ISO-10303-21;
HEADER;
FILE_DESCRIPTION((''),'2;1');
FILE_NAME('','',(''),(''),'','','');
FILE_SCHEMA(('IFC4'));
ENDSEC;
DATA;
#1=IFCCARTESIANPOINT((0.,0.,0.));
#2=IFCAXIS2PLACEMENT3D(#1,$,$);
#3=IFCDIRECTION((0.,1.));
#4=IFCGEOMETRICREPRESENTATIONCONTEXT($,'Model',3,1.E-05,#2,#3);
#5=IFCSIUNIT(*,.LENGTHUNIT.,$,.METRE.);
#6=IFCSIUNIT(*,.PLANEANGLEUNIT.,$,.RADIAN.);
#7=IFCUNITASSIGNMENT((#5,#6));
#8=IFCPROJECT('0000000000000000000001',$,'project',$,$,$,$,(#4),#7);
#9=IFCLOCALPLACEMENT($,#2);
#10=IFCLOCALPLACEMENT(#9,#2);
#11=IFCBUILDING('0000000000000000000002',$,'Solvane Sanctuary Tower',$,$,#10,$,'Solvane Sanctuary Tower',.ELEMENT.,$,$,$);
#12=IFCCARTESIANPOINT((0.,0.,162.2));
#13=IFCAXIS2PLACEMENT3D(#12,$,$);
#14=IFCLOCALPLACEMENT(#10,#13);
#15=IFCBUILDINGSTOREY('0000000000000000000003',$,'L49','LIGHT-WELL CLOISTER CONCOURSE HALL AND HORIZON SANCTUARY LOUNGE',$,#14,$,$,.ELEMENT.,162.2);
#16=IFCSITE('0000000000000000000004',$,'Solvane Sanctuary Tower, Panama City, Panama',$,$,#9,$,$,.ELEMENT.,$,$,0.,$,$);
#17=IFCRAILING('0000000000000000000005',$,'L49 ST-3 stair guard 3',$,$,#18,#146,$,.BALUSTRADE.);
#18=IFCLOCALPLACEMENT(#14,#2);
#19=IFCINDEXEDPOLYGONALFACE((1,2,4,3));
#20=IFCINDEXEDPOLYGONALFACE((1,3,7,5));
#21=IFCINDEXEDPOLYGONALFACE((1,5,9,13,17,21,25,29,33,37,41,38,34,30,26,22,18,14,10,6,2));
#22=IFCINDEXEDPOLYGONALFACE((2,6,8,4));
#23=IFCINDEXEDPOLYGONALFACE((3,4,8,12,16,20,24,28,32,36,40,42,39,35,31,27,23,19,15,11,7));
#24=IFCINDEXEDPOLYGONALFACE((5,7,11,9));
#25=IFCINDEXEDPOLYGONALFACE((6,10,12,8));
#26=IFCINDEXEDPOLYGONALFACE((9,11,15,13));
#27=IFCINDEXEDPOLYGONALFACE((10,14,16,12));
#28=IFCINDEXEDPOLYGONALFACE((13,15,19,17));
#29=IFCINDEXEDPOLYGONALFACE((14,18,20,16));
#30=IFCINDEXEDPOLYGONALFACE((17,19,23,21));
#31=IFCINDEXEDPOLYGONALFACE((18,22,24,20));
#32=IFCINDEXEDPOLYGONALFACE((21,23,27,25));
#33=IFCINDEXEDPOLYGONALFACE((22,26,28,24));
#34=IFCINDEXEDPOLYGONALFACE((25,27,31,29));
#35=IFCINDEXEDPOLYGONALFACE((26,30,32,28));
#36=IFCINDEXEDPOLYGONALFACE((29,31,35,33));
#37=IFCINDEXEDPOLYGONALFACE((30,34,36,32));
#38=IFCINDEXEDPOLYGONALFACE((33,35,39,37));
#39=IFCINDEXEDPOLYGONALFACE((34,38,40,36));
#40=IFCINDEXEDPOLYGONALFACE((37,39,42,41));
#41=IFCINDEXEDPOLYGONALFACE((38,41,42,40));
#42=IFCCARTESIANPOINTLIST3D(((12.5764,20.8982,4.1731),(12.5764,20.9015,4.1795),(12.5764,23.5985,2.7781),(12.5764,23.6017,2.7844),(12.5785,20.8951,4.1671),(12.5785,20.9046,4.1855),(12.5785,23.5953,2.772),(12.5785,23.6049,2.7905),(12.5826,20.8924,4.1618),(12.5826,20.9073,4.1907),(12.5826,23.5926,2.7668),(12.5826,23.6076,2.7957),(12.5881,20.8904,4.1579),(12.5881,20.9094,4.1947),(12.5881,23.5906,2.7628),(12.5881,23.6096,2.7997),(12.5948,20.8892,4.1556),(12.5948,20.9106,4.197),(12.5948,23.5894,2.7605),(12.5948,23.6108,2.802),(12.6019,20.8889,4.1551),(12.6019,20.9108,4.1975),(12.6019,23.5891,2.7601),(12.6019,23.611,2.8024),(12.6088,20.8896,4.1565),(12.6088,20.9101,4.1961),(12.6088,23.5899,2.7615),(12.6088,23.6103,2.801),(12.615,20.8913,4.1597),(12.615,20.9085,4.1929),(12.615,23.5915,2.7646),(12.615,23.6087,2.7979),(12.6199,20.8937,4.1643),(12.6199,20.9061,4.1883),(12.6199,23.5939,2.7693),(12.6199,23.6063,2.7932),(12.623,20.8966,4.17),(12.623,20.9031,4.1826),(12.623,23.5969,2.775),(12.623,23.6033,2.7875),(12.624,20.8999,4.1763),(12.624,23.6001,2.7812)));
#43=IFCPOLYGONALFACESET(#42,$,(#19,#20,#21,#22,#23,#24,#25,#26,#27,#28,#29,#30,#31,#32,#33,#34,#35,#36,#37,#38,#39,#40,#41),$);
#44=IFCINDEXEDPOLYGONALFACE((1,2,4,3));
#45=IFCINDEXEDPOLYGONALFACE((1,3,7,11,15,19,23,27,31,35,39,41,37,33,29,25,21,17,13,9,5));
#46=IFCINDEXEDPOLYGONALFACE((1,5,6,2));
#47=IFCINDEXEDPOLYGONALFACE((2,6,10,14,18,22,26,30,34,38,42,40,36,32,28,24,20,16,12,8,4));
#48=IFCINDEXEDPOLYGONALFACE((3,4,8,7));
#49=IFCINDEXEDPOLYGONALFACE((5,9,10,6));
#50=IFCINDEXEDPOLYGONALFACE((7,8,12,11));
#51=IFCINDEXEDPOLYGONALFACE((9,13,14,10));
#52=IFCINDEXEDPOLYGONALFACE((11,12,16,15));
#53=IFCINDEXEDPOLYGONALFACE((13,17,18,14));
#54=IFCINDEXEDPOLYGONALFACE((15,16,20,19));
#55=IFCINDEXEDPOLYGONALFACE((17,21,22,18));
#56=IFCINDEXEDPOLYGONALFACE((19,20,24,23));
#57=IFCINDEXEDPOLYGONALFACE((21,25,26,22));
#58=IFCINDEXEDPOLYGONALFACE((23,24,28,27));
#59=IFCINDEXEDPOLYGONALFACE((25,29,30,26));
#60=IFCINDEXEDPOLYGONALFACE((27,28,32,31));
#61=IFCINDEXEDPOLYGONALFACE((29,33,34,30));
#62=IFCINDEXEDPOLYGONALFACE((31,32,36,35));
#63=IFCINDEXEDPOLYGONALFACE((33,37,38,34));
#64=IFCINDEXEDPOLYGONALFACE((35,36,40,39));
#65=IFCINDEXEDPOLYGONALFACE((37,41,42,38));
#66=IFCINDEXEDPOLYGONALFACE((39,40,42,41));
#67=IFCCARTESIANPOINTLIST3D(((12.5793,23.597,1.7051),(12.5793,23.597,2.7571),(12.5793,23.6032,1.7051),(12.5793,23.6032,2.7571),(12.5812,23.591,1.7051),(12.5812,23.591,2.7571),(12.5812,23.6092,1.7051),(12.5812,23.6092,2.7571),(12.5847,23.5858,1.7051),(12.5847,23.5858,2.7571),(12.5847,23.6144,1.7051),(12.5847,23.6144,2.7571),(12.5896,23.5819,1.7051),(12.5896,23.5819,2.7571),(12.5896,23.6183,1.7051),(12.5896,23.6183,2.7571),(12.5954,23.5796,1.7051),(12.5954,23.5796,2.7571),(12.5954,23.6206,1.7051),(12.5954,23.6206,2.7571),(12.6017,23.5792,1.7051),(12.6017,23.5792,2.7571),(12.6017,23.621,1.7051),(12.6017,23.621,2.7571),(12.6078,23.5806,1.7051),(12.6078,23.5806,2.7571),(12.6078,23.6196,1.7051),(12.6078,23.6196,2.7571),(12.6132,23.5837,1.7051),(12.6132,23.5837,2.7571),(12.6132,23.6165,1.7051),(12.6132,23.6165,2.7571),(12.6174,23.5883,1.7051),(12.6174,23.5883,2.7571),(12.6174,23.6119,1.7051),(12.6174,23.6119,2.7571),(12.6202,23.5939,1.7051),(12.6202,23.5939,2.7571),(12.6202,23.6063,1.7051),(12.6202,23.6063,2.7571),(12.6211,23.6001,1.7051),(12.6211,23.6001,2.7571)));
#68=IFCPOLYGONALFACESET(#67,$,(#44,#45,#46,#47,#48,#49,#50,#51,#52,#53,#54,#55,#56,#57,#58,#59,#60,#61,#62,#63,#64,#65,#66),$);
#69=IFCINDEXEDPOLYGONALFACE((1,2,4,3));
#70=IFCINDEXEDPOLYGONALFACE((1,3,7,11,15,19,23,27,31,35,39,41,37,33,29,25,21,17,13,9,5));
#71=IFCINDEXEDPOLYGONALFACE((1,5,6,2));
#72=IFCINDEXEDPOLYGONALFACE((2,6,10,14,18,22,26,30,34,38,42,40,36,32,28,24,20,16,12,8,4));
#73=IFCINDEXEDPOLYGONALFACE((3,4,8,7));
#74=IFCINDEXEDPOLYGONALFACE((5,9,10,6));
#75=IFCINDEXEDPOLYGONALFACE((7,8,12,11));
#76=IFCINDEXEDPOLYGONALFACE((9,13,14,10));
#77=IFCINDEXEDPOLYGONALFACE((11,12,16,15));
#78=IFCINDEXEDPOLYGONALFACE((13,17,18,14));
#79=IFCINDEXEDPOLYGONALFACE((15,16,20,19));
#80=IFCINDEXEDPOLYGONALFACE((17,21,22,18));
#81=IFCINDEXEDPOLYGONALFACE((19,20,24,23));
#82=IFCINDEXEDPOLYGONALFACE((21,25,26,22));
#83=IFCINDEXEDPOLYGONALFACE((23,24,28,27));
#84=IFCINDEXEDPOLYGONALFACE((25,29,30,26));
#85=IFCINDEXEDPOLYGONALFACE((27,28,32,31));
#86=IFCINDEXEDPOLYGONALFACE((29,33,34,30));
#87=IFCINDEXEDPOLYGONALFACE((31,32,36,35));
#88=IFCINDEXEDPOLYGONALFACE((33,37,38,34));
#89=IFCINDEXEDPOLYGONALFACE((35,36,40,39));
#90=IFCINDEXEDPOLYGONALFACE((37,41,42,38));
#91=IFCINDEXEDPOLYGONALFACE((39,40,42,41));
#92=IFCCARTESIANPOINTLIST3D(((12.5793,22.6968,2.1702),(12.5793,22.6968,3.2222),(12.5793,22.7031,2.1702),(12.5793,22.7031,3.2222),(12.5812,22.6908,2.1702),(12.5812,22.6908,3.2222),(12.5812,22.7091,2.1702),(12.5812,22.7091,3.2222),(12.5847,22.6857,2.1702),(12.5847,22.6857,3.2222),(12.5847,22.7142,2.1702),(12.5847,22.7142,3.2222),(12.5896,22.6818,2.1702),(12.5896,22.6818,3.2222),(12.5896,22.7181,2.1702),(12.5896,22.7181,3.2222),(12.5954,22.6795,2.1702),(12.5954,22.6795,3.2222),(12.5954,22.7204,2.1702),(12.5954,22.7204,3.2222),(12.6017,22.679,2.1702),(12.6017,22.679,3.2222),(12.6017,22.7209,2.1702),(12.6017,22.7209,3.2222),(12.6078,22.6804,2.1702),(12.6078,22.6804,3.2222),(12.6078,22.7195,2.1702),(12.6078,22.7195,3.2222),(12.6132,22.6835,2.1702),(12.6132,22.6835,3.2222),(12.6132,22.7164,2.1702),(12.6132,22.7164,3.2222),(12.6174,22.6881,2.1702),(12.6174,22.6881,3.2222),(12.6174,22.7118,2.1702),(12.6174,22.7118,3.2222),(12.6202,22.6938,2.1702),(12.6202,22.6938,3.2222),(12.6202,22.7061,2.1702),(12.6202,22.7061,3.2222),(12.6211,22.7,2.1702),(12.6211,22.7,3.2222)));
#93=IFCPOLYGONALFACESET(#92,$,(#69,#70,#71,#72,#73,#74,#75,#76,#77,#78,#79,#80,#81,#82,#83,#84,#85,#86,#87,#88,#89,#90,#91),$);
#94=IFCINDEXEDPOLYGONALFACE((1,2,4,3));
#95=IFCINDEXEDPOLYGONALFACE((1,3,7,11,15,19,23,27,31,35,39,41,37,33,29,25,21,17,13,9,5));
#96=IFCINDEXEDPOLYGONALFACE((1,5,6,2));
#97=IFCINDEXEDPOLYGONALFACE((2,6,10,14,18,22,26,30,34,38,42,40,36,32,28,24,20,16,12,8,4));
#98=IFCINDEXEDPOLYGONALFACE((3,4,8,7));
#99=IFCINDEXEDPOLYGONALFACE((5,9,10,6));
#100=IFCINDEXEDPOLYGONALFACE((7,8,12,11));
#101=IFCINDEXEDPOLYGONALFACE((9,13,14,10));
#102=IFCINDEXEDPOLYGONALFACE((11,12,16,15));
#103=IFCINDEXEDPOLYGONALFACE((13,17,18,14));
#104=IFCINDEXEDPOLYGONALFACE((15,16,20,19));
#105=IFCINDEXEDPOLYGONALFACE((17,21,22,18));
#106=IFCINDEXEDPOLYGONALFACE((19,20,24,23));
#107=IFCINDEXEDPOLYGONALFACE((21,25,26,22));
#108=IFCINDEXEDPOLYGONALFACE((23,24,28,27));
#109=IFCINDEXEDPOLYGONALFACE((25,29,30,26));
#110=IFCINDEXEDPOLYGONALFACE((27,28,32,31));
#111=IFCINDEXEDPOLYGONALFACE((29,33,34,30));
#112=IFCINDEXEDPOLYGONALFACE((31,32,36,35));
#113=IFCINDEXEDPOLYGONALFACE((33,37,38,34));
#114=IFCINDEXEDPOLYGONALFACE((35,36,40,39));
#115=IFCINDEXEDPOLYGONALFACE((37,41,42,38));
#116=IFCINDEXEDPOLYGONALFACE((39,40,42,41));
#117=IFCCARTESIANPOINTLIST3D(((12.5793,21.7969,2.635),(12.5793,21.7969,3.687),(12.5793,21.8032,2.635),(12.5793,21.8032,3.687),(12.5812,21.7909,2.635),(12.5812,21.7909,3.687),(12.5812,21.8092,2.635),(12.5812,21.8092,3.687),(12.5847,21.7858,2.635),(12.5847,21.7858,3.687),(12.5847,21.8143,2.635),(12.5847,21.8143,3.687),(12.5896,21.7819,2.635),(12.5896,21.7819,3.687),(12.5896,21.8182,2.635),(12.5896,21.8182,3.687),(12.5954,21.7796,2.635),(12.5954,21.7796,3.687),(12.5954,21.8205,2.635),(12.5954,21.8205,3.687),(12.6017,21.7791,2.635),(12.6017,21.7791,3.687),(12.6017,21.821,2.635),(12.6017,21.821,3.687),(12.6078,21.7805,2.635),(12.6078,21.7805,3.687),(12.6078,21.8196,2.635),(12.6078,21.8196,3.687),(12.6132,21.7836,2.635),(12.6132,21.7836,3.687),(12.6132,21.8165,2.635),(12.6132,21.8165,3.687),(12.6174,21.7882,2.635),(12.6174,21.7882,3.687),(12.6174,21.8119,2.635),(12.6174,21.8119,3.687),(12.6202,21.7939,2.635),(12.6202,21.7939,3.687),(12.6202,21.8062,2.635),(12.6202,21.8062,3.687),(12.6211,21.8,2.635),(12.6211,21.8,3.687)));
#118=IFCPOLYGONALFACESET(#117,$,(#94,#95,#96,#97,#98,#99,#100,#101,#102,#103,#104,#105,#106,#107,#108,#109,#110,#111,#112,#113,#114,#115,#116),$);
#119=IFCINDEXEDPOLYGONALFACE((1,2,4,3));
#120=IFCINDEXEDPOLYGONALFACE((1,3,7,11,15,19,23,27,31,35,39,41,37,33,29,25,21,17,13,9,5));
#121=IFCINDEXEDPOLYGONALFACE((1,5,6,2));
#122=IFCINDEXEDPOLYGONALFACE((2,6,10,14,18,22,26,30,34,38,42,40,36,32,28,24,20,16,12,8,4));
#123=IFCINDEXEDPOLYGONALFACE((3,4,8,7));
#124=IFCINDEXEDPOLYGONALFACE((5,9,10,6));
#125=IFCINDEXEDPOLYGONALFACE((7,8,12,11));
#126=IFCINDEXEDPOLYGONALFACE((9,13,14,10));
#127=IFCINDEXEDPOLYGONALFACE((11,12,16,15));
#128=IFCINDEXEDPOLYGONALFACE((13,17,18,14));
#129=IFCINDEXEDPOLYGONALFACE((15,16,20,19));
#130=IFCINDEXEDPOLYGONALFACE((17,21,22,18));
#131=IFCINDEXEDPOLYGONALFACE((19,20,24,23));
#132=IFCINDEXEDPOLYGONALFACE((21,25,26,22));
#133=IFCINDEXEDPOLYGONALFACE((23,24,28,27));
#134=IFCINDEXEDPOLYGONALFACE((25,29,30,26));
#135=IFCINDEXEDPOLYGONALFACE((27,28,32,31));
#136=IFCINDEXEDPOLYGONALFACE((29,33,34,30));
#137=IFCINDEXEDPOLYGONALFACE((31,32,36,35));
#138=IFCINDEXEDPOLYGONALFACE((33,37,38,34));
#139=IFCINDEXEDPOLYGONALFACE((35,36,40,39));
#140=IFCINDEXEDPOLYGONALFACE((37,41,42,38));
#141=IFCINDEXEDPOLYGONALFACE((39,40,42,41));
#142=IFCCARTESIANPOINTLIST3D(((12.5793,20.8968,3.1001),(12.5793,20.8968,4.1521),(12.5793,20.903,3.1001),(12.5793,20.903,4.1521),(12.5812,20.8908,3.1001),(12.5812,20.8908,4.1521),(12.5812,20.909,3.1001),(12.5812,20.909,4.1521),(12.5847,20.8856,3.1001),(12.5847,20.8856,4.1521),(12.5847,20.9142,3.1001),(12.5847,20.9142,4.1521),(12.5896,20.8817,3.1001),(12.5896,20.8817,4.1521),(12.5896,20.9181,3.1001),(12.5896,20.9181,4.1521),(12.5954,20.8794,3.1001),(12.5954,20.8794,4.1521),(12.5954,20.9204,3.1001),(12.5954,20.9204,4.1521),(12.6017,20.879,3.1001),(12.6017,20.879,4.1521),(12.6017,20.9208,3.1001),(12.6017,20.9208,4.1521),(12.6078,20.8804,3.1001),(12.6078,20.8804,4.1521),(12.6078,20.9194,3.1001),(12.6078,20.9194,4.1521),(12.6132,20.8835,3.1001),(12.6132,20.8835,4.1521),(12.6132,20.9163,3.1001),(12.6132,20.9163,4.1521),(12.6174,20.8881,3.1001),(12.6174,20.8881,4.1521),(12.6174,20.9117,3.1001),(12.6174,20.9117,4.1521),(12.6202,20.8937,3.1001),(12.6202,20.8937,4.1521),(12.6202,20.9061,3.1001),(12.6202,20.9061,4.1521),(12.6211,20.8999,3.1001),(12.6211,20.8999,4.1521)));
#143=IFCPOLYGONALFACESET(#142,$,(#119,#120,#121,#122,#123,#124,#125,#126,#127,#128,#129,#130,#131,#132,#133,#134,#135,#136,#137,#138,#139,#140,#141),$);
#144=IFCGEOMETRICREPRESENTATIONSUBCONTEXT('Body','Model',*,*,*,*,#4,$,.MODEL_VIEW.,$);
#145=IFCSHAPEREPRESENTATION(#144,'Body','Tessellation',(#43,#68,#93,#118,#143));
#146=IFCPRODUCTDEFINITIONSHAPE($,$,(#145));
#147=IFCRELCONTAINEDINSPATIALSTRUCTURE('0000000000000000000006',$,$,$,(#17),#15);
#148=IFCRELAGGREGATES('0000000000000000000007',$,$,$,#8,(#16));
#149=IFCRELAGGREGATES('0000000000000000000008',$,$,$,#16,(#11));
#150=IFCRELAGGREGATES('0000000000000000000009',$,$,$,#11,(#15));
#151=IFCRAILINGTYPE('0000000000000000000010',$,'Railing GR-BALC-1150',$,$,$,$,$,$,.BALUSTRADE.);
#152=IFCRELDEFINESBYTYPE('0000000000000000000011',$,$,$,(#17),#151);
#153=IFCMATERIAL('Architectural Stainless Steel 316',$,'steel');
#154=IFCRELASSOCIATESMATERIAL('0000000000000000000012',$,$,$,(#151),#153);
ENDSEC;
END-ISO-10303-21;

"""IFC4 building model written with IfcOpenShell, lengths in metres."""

from ifc_helpers import new_model, si_unit, direction, frame, origin, origin_2d, place, context, subcontext, project, spatial, circle, extrude, material, type_object, element, save


model = new_model("IFC4")

# Units and contexts
model_context = context("Model", 3, precision=1e-05, world=origin(), true_north=direction((0.0, 1.0)))
body_context = subcontext(model_context, "Body", "Model", "MODEL_VIEW")
ifc_project = project(units=[si_unit("LENGTHUNIT", "METRE"), si_unit("PLANEANGLEUNIT", "RADIAN")], contexts=[model_context])

# Site, building, storey
site_placement = place(None, origin())
site = spatial("IfcSite", under=ifc_project, at=site_placement, Name="Solvane Sanctuary Tower, Panama City, Panama", CompositionType="ELEMENT", RefElevation=0.0)
building_placement = place(site_placement, origin())
building = spatial("IfcBuilding", under=site, at=building_placement, Name="Solvane Sanctuary Tower", LongName="Solvane Sanctuary Tower", CompositionType="ELEMENT")
storey_placement = place(building_placement, frame((0.0, 0.0, 162.2)))
storey = spatial("IfcBuildingStorey", under=building, at=storey_placement, Name="L49", Description="LIGHT-WELL CLOISTER CONCOURSE HALL AND HORIZON SANCTUARY LOUNGE", CompositionType="ELEMENT", Elevation=162.2)

# Railing
ifc_material_1 = material(Name="Architectural Stainless Steel 316", Category="steel")
railing_type_1 = type_object("IfcRailingType", Name="Railing GR-BALC-1150", PredefinedType="BALUSTRADE", material=ifc_material_1)
railing_1_placement = place(storey_placement, frame((12.6001, 23.6001, 1.7051)))
element("IfcRailing", 1, at=railing_1_placement, inside=storey, type_object=railing_type_1, Name="L49 ST-3 stair guard 3", PredefinedType="BALUSTRADE", context=body_context, shape_type="SweptSolid", body=[
    extrude(circle(Radius=0.0239, at=origin_2d()), frame((0.0, 0.0, 1.0762), z_axis=(0.0, -0.888437, 0.458999), x_axis=(1.0, 0.0, 0.0)), (0.0, 0.0, 1.0), 3.0393),
    extrude(circle(Radius=0.021, at=origin_2d()), origin(), (0.0, 0.0, 1.0), 1.052),
    extrude(circle(Radius=0.021, at=origin_2d()), frame((0.0, -0.9001, 0.4651)), (0.0, 0.0, 1.0), 1.052),
    extrude(circle(Radius=0.021, at=origin_2d()), frame((0.0, -1.8, 0.9299)), (0.0, 0.0, 1.0), 1.052),
    extrude(circle(Radius=0.021, at=origin_2d()), frame((0.0, -2.7002, 1.395)), (0.0, 0.0, 1.0), 1.052),
])

save(model, "model.ifc")
